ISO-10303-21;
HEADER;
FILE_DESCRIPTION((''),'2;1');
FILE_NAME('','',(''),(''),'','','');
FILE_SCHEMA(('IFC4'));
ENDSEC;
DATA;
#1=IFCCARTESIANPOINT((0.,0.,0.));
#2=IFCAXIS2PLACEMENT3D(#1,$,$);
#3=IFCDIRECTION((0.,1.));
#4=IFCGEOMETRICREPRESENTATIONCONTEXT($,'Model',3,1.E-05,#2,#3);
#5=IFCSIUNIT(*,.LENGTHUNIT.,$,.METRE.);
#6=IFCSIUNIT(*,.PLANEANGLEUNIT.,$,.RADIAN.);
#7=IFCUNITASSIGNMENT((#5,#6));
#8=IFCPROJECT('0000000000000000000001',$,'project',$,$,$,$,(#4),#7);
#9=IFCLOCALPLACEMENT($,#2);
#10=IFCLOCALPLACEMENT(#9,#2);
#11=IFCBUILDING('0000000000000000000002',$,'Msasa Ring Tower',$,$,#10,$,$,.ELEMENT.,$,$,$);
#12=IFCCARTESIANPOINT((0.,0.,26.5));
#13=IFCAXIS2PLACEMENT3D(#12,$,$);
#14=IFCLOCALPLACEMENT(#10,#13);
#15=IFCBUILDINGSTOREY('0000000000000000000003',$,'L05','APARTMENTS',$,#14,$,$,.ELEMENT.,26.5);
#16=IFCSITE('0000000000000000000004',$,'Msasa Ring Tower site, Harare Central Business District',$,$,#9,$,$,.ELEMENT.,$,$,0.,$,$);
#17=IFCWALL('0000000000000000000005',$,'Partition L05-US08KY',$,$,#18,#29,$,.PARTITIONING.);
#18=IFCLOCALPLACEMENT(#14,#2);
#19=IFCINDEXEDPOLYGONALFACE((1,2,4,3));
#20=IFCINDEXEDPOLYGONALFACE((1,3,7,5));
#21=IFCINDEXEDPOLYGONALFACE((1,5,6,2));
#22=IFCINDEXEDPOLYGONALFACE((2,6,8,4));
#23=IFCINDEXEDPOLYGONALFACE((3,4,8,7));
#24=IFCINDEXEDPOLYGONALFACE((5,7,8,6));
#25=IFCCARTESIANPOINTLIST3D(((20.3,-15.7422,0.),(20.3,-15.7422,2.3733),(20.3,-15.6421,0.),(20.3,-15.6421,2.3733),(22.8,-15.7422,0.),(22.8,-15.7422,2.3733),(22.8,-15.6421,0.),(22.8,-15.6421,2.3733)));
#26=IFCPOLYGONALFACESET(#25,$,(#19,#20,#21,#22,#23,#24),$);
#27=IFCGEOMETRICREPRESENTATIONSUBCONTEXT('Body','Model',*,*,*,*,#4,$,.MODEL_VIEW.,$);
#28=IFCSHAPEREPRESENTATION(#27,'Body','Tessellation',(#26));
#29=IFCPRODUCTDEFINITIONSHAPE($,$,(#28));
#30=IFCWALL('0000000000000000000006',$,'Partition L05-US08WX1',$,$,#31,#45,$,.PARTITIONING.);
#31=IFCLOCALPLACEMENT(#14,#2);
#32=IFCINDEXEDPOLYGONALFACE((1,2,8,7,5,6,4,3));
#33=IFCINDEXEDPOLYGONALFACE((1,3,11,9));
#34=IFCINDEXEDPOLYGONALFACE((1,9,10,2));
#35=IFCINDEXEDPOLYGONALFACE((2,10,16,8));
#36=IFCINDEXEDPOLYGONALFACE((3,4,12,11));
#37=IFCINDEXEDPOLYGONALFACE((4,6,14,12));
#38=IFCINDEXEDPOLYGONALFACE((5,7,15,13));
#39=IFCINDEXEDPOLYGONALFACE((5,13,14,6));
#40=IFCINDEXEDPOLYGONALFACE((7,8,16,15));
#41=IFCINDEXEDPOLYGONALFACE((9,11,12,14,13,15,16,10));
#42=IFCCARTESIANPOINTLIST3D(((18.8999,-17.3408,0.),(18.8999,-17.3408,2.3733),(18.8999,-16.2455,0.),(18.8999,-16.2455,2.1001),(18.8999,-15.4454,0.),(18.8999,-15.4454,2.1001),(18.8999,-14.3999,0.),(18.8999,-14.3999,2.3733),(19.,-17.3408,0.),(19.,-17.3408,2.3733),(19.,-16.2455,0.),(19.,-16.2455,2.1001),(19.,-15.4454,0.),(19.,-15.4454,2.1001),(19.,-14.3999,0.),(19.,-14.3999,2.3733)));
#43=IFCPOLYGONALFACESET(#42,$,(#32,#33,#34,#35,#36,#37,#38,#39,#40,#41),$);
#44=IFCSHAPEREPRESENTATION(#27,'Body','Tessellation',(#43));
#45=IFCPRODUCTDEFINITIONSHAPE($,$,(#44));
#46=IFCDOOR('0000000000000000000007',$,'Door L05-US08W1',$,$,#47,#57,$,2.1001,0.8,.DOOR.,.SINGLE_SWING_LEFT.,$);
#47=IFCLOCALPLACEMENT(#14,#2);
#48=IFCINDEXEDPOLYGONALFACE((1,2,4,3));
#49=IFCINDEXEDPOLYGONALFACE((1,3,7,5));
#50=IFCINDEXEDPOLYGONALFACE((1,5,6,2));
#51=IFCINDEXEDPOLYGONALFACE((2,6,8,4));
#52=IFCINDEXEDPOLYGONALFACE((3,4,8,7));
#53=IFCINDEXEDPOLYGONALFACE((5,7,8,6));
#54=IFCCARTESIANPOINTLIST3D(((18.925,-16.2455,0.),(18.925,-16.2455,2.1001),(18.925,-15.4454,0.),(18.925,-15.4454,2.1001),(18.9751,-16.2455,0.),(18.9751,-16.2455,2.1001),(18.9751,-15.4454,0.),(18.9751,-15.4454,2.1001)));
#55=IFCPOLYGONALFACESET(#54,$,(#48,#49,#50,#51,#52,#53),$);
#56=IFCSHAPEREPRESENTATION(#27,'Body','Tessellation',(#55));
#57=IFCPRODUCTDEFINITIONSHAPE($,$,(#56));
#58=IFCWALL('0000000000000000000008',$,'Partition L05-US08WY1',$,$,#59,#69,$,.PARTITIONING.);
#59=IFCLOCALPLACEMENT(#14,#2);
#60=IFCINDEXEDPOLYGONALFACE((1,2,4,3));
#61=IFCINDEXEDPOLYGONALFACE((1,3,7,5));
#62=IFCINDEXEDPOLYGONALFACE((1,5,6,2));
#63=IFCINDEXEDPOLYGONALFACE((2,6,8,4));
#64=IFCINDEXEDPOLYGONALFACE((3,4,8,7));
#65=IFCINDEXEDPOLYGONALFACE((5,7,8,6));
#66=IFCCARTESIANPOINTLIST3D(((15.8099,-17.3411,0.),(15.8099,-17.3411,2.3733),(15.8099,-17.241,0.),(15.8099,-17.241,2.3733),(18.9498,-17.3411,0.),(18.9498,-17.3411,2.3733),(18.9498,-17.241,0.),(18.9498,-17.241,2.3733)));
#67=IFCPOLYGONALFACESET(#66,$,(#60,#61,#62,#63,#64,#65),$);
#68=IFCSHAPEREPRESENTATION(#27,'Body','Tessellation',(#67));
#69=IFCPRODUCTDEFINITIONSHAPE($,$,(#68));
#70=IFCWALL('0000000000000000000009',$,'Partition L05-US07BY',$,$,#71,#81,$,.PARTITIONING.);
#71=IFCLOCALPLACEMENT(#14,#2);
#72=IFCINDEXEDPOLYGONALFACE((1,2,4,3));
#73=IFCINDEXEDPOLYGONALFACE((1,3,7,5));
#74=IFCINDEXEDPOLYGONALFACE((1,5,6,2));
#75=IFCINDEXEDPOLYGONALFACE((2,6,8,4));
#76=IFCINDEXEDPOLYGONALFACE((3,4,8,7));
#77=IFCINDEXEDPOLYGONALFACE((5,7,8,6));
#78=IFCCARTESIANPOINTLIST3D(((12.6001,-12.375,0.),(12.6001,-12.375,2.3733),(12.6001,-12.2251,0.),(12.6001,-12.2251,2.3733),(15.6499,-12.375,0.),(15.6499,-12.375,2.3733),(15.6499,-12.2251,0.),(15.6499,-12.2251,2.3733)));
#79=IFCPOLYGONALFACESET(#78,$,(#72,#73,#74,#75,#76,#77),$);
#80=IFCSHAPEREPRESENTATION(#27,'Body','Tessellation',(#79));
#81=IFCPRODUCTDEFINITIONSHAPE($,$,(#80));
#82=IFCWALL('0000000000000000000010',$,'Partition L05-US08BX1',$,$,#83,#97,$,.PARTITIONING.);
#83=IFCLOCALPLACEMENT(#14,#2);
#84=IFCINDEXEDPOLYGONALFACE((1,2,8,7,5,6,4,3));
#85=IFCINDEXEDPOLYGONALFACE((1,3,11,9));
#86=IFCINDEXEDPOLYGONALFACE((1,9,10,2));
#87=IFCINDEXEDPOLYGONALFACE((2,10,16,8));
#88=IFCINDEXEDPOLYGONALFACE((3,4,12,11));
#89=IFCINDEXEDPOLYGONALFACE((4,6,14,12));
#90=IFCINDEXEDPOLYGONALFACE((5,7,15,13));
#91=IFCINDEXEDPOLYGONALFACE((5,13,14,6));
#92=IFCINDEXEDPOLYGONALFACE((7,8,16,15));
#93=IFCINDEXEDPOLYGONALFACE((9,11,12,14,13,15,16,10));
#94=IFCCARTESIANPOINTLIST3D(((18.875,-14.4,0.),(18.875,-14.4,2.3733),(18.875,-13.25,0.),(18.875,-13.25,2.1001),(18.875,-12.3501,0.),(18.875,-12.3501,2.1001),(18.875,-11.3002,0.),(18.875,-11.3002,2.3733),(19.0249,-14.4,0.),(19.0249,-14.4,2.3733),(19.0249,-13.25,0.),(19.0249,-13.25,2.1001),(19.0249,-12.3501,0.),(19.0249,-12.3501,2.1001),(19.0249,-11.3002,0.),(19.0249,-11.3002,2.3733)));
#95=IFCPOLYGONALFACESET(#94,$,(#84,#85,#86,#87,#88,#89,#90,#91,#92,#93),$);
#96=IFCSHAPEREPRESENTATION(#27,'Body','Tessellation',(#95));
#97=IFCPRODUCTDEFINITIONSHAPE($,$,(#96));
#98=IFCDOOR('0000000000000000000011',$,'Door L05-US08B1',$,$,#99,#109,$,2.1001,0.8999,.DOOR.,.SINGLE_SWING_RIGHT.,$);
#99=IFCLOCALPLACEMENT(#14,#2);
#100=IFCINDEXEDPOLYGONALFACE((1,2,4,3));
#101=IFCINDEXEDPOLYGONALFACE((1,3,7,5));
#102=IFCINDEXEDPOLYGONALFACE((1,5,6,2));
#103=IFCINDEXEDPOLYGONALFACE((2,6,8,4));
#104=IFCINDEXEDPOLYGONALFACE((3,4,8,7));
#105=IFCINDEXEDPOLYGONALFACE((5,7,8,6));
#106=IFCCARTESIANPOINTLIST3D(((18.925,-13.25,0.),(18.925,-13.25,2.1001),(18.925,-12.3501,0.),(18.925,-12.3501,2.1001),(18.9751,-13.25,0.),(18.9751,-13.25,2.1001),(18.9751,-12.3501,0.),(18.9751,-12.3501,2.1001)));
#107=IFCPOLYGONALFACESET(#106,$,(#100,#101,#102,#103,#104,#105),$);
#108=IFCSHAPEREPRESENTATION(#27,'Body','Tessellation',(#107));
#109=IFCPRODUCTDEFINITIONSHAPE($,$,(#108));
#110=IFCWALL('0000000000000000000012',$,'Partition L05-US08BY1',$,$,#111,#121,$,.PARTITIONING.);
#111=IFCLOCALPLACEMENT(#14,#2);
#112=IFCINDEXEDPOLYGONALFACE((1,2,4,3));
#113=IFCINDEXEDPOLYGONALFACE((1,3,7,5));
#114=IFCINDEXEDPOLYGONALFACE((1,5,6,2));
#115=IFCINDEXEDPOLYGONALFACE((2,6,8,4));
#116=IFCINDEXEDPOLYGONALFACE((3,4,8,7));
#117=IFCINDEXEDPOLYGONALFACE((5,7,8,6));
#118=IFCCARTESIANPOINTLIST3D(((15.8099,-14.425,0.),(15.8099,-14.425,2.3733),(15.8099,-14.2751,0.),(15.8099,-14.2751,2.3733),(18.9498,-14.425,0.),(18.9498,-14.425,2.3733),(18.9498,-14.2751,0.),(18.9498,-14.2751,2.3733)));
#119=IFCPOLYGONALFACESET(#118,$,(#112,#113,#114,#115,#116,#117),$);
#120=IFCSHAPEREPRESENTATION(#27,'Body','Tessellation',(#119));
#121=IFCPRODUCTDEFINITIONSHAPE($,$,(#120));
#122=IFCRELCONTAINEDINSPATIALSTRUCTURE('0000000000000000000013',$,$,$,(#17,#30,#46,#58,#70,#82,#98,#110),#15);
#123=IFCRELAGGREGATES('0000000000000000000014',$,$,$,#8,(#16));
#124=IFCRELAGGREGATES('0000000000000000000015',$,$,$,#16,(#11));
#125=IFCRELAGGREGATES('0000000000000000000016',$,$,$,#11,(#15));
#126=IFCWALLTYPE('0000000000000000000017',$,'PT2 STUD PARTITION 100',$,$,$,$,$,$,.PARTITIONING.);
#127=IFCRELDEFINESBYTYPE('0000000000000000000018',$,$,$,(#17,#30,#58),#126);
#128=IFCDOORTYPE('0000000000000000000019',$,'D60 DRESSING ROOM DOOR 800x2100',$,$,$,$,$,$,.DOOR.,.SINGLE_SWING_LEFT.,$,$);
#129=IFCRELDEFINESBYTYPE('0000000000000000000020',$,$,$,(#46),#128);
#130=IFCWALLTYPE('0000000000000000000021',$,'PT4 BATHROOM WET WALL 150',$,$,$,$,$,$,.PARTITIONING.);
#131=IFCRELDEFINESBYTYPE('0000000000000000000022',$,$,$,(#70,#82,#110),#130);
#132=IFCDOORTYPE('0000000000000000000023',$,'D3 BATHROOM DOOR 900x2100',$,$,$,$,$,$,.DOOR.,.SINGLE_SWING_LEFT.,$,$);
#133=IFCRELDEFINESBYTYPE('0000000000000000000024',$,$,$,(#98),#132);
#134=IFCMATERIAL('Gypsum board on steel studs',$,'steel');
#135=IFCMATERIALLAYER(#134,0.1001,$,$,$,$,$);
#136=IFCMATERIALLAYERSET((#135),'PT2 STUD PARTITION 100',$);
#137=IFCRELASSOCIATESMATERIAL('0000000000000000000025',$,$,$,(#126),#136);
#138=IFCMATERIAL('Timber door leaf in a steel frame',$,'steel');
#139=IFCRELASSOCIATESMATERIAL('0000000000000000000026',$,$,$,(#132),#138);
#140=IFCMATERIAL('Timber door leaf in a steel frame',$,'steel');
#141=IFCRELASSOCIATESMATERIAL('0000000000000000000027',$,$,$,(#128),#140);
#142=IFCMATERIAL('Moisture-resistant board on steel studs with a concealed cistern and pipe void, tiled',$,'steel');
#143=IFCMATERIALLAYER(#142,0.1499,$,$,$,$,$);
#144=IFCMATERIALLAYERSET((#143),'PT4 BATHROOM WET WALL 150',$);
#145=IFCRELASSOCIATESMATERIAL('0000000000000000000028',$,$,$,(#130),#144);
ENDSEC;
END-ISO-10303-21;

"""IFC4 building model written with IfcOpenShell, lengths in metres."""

from ifc_helpers import new_model, si_unit, direction, frame, frame_2d, origin, place, context, subcontext, project, spatial, rectangle, extrude, material, layer, layer_set, type_object, element, fill, save


model = new_model("IFC4")

# Units and contexts
model_context = context("Model", 3, precision=1e-05, world=origin(), true_north=direction((0.0, 1.0)))
body_context = subcontext(model_context, "Body", "Model", "MODEL_VIEW")
ifc_project = project(units=[si_unit("LENGTHUNIT", "METRE"), si_unit("PLANEANGLEUNIT", "RADIAN")], contexts=[model_context])

# Site, building, storey
site_placement = place(None, origin())
site = spatial("IfcSite", under=ifc_project, at=site_placement, Name="Msasa Ring Tower site, Harare Central Business District", CompositionType="ELEMENT", RefElevation=0.0)
building_placement = place(site_placement, origin())
building = spatial("IfcBuilding", under=site, at=building_placement, Name="Msasa Ring Tower", CompositionType="ELEMENT")
storey_placement = place(building_placement, frame((0.0, 0.0, 26.5)))
storey = spatial("IfcBuildingStorey", under=building, at=storey_placement, Name="L05", Description="APARTMENTS", CompositionType="ELEMENT", Elevation=26.5)

# Shared definitions
ifc_material_1 = material(Name="Gypsum board on steel studs", Category="steel")
ifc_layer_1 = layer(ifc_material_1, 0.1001)
ifc_layer_set_1 = layer_set([ifc_layer_1], Name="PT2 STUD PARTITION 100")
wall_type_1 = type_object("IfcWallType", Name="PT2 STUD PARTITION 100", PredefinedType="PARTITIONING", material=ifc_layer_set_1)
ifc_material_2 = material(Name="Timber door leaf in a steel frame", Category="steel")
door_type_1 = type_object("IfcDoorType", Name="D3 BATHROOM DOOR 900x2100", OperationType="SINGLE_SWING_LEFT", PredefinedType="DOOR", material=ifc_material_2)

# Wall
wall_1_placement = place(storey_placement, frame((20.3, -15.6921, 0.0), z_axis=(0.0, 0.0, 1.0), x_axis=(1.0, 0.0, 0.0)))
element("IfcWall", 1, at=wall_1_placement, inside=storey, type_object=wall_type_1, Name="Partition L05-US08KY", PredefinedType="PARTITIONING", context=body_context, shape_type="SweptSolid", body=[
    extrude(rectangle(XDim=2.5, YDim=0.1001, at=frame_2d((1.25, 0.0))), origin(), (0.0, 0.0, 1.0), 2.3733),
])

# Wall, opening, door
wall_2_placement = place(storey_placement, frame((18.95, -17.3408, 0.0), z_axis=(0.0, 0.0, 1.0), x_axis=(0.0, 1.0, 0.0)))
wall_2 = element("IfcWall", 2, at=wall_2_placement, inside=storey, type_object=wall_type_1, Name="Partition L05-US08WX1", PredefinedType="PARTITIONING", context=body_context, shape_type="SweptSolid", body=[
    extrude(rectangle(XDim=2.9409, YDim=0.1001, at=frame_2d((1.4705, 0.0))), origin(), (0.0, 0.0, 1.0), 2.3733),
])
opening_1_placement = place(wall_2_placement, frame((1.0955, 0.0, 0.0)))
opening_1 = element("IfcOpeningElement", 3, at=opening_1_placement, cuts=wall_2, PredefinedType="OPENING", context=body_context, shape_type="SweptSolid", body=[
    extrude(rectangle(XDim=0.8, YDim=2.1001, at=frame_2d((0.3999, 1.05))), frame((0.0, 0.0601, 0.0), z_axis=(0.0, -1.0, 0.0), x_axis=(1.0, 0.0, 0.0)), (0.0, 0.0, 1.0), 0.1201),
])
ifc_material_3 = material(Name="Timber door leaf in a steel frame", Category="steel")
door_type_2 = type_object("IfcDoorType", Name="D60 DRESSING ROOM DOOR 800x2100", OperationType="SINGLE_SWING_LEFT", PredefinedType="DOOR", material=ifc_material_3)
door_1_placement = place(opening_1_placement, origin())
door_1 = element("IfcDoor", 4, at=door_1_placement, inside=storey, type_object=door_type_2, Name="Door L05-US08W1", OperationType="SINGLE_SWING_LEFT", OverallHeight=2.1001, OverallWidth=0.8, PredefinedType="DOOR", context=body_context, shape_type="SweptSolid", body=[
    extrude(rectangle(XDim=0.8, YDim=2.1001, at=frame_2d((0.3999, 1.05))), frame((0.0, 0.0249, 0.0), z_axis=(0.0, -1.0, 0.0), x_axis=(1.0, 0.0, 0.0)), (0.0, 0.0, 1.0), 0.05),
])
fill(opening_1, door_1)

# Walls
wall_3_placement = place(storey_placement, frame((15.8101, -17.291, 0.0), z_axis=(0.0, 0.0, 1.0), x_axis=(1.0, 0.0, 0.0)))
element("IfcWall", 5, at=wall_3_placement, inside=storey, type_object=wall_type_1, Name="Partition L05-US08WY1", PredefinedType="PARTITIONING", context=body_context, shape_type="SweptSolid", body=[
    extrude(rectangle(XDim=3.1399, YDim=0.1001, at=frame_2d((1.5698, 0.0))), origin(), (0.0, 0.0, 1.0), 2.3733),
])
ifc_material_4 = material(Name="Moisture-resistant board on steel studs with a concealed cistern and pipe void, tiled", Category="steel")
ifc_layer_2 = layer(ifc_material_4, 0.1499)
ifc_layer_set_2 = layer_set([ifc_layer_2], Name="PT4 BATHROOM WET WALL 150")
wall_type_2 = type_object("IfcWallType", Name="PT4 BATHROOM WET WALL 150", PredefinedType="PARTITIONING", material=ifc_layer_set_2)
wall_4_placement = place(storey_placement, frame((12.6001, -12.3, 0.0), z_axis=(0.0, 0.0, 1.0), x_axis=(1.0, 0.0, 0.0)))
element("IfcWall", 6, at=wall_4_placement, inside=storey, type_object=wall_type_2, Name="Partition L05-US07BY", PredefinedType="PARTITIONING", context=body_context, shape_type="SweptSolid", body=[
    extrude(rectangle(XDim=3.0498, YDim=0.1499, at=frame_2d((1.5249, 0.0))), origin(), (0.0, 0.0, 1.0), 2.3733),
])

# Wall, opening, door
wall_5_placement = place(storey_placement, frame((18.95, -14.3999, 0.0), z_axis=(0.0, 0.0, 1.0), x_axis=(0.0, 1.0, 0.0)))
wall_5 = element("IfcWall", 7, at=wall_5_placement, inside=storey, type_object=wall_type_2, Name="Partition L05-US08BX1", PredefinedType="PARTITIONING", context=body_context, shape_type="SweptSolid", body=[
    extrude(rectangle(XDim=3.0999, YDim=0.1499, at=frame_2d((1.5498, 0.0))), origin(), (0.0, 0.0, 1.0), 2.3733),
])
opening_2_placement = place(wall_5_placement, frame((1.1499, 0.0, 0.0)))
opening_2 = element("IfcOpeningElement", 8, at=opening_2_placement, cuts=wall_5, PredefinedType="OPENING", context=body_context, shape_type="SweptSolid", body=[
    extrude(rectangle(XDim=0.8999, YDim=2.1001, at=frame_2d((0.45, 1.05))), frame((0.0, 0.085, 0.0), z_axis=(0.0, -1.0, 0.0), x_axis=(1.0, 0.0, 0.0)), (0.0, 0.0, 1.0), 0.1699),
])
door_2_placement = place(opening_2_placement, origin())
door_2 = element("IfcDoor", 9, at=door_2_placement, inside=storey, type_object=door_type_1, Name="Door L05-US08B1", OperationType="SINGLE_SWING_RIGHT", OverallHeight=2.1001, OverallWidth=0.8999, PredefinedType="DOOR", context=body_context, shape_type="SweptSolid", body=[
    extrude(rectangle(XDim=0.8999, YDim=2.1001, at=frame_2d((0.45, 1.05))), frame((0.0, 0.0249, 0.0), z_axis=(0.0, -1.0, 0.0), x_axis=(1.0, 0.0, 0.0)), (0.0, 0.0, 1.0), 0.05),
])
fill(opening_2, door_2)

# Wall
wall_6_placement = place(storey_placement, frame((15.8101, -14.3501, 0.0), z_axis=(0.0, 0.0, 1.0), x_axis=(1.0, 0.0, 0.0)))
element("IfcWall", 10, at=wall_6_placement, inside=storey, type_object=wall_type_2, Name="Partition L05-US08BY1", PredefinedType="PARTITIONING", context=body_context, shape_type="SweptSolid", body=[
    extrude(rectangle(XDim=3.1399, YDim=0.1499, at=frame_2d((1.5698, 0.0))), origin(), (0.0, 0.0, 1.0), 2.3733),
])

save(model, "model.ifc")
